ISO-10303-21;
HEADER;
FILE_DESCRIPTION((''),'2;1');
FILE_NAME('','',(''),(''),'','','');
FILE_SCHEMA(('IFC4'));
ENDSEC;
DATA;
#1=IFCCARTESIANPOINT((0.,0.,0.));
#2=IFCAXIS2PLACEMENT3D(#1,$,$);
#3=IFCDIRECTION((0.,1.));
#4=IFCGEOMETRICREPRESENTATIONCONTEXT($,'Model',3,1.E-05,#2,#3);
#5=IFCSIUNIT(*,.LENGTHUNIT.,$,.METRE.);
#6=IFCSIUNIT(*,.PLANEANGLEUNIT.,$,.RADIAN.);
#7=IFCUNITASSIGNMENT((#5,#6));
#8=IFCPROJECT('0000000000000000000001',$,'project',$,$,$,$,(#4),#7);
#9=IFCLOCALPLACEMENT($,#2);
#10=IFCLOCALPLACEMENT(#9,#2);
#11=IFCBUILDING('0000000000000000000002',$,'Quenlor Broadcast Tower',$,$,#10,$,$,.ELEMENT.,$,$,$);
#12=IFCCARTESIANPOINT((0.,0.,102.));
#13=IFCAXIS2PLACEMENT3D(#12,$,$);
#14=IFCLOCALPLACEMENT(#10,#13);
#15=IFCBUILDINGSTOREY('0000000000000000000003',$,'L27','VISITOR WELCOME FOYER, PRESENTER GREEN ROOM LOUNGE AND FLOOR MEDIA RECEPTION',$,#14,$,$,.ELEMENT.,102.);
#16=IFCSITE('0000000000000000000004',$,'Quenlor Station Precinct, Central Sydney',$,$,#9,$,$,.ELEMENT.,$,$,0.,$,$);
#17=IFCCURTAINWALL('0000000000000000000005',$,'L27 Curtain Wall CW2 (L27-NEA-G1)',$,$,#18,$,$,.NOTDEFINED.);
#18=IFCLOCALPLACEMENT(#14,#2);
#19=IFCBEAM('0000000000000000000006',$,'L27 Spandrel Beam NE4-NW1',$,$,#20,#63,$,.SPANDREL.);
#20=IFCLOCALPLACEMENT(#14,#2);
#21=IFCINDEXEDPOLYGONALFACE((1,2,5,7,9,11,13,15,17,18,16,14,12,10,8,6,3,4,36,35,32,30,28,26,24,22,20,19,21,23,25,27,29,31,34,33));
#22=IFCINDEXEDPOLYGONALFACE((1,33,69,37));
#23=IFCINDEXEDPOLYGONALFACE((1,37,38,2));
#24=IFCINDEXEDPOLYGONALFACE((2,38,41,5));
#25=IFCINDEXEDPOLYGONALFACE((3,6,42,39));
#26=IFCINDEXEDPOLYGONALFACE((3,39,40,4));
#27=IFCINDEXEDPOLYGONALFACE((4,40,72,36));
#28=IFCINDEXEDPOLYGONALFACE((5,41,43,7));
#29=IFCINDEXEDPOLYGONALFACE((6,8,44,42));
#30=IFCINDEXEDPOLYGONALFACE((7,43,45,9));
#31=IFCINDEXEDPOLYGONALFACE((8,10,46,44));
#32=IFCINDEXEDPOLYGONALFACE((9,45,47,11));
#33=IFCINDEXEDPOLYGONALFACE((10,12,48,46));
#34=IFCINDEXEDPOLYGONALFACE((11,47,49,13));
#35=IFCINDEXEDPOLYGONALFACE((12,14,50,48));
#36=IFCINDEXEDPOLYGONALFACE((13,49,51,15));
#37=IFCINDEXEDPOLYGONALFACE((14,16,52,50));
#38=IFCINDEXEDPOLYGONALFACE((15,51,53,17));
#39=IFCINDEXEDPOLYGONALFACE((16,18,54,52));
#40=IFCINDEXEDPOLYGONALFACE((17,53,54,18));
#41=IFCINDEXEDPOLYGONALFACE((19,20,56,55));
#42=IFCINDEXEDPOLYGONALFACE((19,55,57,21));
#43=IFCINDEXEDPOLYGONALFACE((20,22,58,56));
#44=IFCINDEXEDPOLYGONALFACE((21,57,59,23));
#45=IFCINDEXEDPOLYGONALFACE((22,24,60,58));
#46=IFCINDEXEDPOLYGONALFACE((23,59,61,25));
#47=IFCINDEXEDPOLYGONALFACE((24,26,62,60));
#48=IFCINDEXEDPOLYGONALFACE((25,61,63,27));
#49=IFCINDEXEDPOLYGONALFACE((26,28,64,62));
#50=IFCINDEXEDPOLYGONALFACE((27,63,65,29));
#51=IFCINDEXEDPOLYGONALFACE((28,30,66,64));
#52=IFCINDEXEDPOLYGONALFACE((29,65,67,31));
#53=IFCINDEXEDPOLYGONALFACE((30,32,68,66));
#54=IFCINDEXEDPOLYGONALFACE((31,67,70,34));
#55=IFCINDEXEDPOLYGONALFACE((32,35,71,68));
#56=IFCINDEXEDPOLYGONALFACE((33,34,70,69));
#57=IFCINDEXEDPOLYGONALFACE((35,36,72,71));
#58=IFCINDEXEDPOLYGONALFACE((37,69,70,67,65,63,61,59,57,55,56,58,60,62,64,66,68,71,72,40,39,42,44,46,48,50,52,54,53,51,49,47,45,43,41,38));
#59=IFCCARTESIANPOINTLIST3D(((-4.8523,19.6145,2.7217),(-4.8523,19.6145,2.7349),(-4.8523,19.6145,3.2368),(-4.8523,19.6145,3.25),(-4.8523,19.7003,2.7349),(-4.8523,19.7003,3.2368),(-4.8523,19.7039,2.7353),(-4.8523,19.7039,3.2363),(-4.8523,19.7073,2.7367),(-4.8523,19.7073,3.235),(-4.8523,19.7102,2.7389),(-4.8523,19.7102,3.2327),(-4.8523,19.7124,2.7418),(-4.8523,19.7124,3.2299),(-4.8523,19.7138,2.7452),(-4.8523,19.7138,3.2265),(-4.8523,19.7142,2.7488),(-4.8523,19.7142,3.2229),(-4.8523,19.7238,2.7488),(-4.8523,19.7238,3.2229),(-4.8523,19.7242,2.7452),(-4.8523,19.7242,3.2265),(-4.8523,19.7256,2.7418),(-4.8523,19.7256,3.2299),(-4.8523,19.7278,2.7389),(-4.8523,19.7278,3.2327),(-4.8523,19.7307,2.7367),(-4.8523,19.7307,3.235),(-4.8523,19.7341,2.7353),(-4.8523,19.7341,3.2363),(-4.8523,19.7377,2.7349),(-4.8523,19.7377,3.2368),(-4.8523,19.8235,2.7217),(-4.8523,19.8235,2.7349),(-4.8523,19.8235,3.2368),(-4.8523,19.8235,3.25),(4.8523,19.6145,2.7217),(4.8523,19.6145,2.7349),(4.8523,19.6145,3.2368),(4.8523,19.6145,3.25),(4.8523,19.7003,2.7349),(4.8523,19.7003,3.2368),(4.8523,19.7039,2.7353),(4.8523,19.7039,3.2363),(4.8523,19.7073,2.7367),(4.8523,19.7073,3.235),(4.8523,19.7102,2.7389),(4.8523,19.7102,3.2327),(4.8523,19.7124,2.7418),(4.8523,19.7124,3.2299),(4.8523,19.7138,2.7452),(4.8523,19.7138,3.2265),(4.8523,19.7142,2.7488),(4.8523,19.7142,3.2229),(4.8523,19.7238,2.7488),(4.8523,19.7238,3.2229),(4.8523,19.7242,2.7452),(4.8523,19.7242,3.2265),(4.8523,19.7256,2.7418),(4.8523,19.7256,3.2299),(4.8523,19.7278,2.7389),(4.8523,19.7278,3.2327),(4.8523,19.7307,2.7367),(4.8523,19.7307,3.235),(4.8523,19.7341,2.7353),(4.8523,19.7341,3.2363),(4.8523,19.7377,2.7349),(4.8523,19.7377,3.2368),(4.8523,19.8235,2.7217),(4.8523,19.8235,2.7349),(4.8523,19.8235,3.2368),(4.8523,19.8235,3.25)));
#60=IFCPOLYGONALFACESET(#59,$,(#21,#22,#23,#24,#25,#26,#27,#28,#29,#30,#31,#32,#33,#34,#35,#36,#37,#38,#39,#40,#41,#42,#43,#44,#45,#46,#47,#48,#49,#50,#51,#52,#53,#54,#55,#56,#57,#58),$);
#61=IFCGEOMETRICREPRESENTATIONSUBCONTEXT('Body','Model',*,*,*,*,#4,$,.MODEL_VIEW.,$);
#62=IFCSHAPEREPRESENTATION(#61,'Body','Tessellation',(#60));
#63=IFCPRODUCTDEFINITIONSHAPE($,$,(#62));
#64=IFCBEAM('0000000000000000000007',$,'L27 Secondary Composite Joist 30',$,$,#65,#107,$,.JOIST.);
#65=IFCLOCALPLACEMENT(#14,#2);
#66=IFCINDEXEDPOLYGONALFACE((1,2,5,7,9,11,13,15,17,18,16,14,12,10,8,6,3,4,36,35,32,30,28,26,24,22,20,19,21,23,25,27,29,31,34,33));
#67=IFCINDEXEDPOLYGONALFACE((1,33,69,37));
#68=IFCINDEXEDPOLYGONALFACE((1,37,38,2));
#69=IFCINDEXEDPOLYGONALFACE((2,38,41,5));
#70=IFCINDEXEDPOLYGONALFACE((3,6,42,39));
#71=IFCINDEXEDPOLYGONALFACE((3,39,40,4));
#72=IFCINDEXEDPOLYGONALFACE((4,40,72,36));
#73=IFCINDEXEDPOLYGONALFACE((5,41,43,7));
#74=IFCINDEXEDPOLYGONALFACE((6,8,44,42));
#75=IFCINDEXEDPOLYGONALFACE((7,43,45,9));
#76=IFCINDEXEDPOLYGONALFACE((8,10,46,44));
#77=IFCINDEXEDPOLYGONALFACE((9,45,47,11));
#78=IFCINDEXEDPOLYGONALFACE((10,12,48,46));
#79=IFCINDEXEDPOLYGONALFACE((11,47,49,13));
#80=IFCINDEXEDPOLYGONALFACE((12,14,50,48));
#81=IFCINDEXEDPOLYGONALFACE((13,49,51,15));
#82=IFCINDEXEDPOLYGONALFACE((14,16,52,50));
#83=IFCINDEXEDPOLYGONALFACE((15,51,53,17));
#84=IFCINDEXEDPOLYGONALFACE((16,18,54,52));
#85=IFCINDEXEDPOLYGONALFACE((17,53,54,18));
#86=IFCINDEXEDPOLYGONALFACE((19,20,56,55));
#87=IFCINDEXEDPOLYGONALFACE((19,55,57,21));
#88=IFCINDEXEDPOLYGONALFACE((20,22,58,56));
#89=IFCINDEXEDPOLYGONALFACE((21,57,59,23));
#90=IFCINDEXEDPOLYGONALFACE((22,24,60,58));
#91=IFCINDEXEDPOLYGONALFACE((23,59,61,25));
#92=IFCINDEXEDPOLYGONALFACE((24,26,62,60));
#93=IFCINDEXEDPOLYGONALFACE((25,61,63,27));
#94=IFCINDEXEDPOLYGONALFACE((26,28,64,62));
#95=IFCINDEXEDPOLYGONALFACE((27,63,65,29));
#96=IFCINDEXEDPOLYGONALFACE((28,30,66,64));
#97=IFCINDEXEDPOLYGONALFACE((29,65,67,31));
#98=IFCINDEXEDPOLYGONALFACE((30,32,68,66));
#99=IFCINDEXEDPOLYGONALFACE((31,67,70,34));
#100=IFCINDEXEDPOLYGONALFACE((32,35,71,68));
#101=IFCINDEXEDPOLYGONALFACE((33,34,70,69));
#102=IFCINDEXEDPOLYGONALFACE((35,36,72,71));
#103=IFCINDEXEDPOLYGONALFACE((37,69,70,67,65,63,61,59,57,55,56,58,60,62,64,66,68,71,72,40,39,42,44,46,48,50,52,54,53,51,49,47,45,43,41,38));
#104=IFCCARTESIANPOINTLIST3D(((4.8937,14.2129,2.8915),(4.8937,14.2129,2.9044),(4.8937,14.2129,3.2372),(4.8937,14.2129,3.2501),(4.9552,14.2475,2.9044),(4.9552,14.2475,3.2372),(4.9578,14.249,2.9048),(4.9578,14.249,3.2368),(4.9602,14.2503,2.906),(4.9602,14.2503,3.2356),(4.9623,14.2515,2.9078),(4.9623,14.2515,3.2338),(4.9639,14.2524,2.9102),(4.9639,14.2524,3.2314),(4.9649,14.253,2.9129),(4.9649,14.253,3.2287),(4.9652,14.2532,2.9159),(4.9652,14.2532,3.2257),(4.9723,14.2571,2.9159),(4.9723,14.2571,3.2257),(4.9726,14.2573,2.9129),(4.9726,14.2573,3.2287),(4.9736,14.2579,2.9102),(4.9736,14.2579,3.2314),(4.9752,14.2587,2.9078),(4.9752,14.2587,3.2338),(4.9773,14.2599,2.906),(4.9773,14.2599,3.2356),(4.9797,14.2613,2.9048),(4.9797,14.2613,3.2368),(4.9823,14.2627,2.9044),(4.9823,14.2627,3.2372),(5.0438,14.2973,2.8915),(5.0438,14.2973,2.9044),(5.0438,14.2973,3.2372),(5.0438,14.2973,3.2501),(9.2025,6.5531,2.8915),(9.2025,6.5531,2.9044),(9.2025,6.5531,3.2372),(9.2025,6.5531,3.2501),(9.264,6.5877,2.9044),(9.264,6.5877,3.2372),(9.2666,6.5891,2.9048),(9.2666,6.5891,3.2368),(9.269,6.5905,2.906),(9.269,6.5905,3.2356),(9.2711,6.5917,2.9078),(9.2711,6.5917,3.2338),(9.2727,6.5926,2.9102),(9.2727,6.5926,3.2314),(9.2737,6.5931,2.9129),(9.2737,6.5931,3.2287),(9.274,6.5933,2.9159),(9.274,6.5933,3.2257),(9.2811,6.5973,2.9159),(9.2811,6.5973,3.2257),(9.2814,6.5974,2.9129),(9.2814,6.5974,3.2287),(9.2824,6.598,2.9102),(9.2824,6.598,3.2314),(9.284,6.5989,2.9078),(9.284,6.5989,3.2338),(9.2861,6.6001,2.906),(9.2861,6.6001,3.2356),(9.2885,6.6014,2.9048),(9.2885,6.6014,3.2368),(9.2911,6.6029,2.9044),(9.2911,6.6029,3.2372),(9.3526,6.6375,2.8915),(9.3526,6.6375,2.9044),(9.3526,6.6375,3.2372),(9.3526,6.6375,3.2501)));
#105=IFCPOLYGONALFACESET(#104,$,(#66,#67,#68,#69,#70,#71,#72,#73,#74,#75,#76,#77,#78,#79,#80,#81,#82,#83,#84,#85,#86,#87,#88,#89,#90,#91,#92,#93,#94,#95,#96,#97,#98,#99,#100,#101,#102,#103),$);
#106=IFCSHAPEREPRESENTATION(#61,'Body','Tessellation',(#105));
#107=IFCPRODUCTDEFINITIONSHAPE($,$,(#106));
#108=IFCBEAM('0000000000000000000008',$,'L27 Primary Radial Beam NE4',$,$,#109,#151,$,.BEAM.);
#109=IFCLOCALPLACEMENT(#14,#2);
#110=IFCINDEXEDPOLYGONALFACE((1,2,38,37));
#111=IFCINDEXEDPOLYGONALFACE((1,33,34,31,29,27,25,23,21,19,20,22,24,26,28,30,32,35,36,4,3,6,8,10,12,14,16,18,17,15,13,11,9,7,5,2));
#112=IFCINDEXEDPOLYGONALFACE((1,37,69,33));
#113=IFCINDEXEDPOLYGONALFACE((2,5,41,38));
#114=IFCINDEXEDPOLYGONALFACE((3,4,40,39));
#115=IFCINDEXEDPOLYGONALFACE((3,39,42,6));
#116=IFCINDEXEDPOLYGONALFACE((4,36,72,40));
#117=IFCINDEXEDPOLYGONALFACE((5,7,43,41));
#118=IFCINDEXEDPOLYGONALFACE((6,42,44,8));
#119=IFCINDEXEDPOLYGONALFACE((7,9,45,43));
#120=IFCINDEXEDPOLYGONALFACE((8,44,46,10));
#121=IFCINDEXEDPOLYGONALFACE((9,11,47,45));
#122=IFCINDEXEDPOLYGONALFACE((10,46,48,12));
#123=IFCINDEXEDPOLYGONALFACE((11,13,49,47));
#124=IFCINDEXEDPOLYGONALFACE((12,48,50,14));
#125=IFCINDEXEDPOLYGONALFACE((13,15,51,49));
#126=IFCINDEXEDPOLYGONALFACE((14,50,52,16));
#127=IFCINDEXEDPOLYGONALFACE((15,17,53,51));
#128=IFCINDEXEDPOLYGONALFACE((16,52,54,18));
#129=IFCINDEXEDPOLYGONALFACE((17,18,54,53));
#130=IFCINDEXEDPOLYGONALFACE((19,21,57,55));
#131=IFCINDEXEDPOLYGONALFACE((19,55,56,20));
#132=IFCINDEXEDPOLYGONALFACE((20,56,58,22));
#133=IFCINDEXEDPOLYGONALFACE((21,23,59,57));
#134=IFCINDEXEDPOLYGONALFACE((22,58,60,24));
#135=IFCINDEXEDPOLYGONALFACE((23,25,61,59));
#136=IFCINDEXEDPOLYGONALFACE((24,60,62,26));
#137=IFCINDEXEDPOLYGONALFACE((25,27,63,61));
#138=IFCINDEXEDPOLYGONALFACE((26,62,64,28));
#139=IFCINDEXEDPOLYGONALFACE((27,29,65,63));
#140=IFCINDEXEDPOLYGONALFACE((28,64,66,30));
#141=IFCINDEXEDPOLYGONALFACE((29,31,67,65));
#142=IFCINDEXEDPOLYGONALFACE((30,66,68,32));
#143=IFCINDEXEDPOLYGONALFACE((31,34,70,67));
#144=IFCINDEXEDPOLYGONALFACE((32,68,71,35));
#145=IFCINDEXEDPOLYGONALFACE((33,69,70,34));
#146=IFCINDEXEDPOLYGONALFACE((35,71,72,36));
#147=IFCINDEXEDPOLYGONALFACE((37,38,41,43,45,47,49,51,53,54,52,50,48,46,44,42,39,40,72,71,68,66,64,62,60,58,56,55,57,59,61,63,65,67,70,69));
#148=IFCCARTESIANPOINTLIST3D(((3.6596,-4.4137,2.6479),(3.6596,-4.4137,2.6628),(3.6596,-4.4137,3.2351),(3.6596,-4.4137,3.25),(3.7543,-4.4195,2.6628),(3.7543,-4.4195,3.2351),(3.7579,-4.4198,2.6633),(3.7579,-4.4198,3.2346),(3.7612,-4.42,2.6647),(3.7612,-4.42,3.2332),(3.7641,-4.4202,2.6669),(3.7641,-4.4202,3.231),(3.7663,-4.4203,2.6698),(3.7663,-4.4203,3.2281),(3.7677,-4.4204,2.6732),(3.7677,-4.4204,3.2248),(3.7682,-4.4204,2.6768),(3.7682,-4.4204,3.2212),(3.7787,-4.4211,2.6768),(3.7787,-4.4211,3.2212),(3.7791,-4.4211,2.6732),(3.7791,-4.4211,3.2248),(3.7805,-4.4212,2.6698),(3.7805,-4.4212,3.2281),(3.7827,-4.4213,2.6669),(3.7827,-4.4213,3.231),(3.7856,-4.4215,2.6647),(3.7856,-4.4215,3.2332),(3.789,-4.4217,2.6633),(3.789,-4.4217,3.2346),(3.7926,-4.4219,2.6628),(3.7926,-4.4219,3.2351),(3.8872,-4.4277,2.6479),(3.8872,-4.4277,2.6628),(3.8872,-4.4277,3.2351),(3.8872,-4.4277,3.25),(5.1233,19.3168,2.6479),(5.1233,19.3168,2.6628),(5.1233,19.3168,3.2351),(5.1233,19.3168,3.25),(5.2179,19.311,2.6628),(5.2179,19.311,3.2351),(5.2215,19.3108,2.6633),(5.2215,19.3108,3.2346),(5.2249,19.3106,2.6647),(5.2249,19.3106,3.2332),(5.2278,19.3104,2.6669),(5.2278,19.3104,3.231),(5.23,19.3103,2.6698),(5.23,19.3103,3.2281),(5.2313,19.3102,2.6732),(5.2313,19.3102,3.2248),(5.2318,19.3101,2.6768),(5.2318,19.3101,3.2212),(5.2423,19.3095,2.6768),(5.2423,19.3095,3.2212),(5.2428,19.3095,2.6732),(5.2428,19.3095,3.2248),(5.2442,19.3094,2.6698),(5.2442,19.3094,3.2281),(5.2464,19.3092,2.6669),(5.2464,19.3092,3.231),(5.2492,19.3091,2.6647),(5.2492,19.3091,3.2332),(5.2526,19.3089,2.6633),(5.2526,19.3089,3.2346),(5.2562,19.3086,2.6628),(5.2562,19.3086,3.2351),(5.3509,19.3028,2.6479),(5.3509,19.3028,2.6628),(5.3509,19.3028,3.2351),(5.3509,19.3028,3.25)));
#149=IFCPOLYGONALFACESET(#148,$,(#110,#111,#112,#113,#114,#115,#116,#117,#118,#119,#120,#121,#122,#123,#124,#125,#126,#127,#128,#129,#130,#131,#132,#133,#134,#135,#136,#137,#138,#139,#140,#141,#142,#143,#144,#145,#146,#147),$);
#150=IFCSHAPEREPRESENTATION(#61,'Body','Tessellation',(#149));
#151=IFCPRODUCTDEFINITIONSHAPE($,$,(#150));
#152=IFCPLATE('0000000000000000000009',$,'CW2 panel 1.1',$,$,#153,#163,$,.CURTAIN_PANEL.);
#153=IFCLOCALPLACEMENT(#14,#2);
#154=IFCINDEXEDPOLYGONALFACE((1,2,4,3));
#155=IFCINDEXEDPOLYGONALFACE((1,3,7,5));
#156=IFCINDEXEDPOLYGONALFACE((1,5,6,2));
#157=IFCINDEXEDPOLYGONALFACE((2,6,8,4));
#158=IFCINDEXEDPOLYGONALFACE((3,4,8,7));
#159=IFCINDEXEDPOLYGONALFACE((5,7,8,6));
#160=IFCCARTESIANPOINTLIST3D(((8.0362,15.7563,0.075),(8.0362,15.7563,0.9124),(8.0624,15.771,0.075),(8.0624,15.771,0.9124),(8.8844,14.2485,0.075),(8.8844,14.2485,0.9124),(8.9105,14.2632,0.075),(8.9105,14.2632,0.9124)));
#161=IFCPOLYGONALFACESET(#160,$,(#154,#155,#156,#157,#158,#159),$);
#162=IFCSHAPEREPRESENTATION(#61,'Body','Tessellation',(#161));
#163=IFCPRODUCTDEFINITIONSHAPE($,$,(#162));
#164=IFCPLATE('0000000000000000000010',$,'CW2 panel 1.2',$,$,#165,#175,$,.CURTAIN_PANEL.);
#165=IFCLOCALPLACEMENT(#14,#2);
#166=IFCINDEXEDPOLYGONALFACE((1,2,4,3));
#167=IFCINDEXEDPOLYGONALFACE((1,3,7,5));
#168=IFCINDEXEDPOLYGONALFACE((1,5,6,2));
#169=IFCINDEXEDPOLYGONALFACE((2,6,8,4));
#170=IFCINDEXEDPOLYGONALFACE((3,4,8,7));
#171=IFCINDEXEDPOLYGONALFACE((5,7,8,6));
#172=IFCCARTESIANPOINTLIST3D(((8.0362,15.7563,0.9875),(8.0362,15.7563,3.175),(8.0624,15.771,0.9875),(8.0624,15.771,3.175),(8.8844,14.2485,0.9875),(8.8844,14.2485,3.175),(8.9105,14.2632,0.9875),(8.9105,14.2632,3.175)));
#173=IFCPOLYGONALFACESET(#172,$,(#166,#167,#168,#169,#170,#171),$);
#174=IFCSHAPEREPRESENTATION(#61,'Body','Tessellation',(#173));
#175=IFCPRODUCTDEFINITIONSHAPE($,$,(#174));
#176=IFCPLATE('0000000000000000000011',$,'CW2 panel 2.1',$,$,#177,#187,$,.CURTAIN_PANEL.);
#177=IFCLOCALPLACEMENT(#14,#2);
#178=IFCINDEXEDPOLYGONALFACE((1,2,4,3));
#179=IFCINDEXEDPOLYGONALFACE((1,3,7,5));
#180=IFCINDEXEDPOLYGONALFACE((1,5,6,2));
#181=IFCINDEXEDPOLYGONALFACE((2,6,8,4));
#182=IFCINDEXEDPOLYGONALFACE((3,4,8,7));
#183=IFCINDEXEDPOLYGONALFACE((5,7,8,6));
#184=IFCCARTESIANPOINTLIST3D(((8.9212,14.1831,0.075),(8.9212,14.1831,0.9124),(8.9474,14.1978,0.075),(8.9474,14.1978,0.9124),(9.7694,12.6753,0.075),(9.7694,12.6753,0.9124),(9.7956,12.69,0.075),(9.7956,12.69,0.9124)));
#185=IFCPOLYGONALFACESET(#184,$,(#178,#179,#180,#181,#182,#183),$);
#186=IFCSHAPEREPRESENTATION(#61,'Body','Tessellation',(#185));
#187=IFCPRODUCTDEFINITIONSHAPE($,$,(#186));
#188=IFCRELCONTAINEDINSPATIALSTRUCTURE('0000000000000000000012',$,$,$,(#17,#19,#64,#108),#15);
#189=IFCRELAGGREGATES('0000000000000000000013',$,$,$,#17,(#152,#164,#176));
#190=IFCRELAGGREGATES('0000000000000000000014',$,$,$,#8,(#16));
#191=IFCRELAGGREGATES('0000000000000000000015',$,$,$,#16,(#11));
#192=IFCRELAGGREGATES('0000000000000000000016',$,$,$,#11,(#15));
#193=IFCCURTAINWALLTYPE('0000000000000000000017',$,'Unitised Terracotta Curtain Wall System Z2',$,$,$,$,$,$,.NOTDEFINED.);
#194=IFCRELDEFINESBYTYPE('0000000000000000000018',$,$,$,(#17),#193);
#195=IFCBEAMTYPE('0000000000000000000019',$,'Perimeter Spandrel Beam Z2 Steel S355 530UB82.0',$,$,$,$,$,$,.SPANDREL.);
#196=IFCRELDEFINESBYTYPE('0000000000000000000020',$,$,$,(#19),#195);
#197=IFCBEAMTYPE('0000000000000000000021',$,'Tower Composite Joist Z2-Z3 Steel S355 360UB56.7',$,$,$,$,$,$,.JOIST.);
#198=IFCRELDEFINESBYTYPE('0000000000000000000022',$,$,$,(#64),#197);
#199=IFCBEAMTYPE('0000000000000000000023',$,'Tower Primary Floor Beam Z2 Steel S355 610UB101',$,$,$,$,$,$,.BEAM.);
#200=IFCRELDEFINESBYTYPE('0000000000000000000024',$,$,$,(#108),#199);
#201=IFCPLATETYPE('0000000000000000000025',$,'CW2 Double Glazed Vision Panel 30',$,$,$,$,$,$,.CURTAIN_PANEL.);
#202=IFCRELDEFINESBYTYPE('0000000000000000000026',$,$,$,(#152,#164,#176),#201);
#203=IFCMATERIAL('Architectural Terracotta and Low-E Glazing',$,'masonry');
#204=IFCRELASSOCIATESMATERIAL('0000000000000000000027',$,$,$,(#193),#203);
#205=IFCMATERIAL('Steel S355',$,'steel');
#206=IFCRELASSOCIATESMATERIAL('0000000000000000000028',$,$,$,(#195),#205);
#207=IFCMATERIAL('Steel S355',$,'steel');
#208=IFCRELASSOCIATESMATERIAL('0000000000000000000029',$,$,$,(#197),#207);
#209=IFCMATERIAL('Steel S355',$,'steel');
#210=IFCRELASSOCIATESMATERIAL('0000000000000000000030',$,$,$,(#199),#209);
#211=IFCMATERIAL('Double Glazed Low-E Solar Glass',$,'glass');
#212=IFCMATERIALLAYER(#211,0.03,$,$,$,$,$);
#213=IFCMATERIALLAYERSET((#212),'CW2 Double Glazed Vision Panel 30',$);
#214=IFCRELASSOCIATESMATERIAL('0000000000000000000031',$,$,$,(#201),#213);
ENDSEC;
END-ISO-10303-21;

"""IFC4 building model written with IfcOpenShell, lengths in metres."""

from ifc_helpers import new_model, si_unit, direction, frame, origin, origin_2d, place, context, subcontext, project, spatial, rectangle, i_section, extrude, material, layer, layer_set, material_profile, profile_set, type_object, element, aggregate, save


model = new_model("IFC4")

# Units and contexts
model_context = context("Model", 3, precision=1e-05, world=origin(), true_north=direction((0.0, 1.0)))
body_context = subcontext(model_context, "Body", "Model", "MODEL_VIEW")
ifc_project = project(units=[si_unit("LENGTHUNIT", "METRE"), si_unit("PLANEANGLEUNIT", "RADIAN")], contexts=[model_context])

# Site, building, storey
site_placement = place(None, origin())
site = spatial("IfcSite", under=ifc_project, at=site_placement, Name="Quenlor Station Precinct, Central Sydney", CompositionType="ELEMENT", RefElevation=0.0)
building_placement = place(site_placement, origin())
building = spatial("IfcBuilding", under=site, at=building_placement, Name="Quenlor Broadcast Tower", CompositionType="ELEMENT")
storey_placement = place(building_placement, frame((0.0, 0.0, 102.0)))
storey = spatial("IfcBuildingStorey", under=building, at=storey_placement, Name="L27", Description="VISITOR WELCOME FOYER, PRESENTER GREEN ROOM LOUNGE AND FLOOR MEDIA RECEPTION", CompositionType="ELEMENT", Elevation=102.0)

# Curtain wall
ifc_material_1 = material(Name="Architectural Terracotta and Low-E Glazing", Category="masonry")
curtain_wall_type = type_object("IfcCurtainWallType", Name="Unitised Terracotta Curtain Wall System Z2", PredefinedType="NOTDEFINED", material=ifc_material_1)
curtain_wall_placement = place(storey_placement, origin())
curtain_wall = element("IfcCurtainWall", 1, at=curtain_wall_placement, inside=storey, type_object=curtain_wall_type, Name="L27 Curtain Wall CW2 (L27-NEA-G1)", PredefinedType="NOTDEFINED")

# Beams
ifc_material_2 = material(Name="Steel S355", Category="steel")
ifc_material_profile_1 = material_profile(ifc_material_2, i_section(OverallWidth=0.209, OverallDepth=0.5283, WebThickness=0.0095, FlangeThickness=0.0132, FilletRadius=0.0139, at=origin_2d()))
ifc_profile_set_1 = profile_set([ifc_material_profile_1], Name="Steel S355 530UB82.0")
beam_type_1 = type_object("IfcBeamType", Name="Perimeter Spandrel Beam Z2 Steel S355 530UB82.0", PredefinedType="SPANDREL", material=ifc_profile_set_1)
beam_1_placement = place(storey_placement, frame((4.8523, 19.719, 2.9858), z_axis=(-1.0, 0.0, 0.0), x_axis=(0.0, -1.0, 0.0)))
element("IfcBeam", 2, at=beam_1_placement, inside=storey, type_object=beam_type_1, Name="L27 Spandrel Beam NE4-NW1", PredefinedType="SPANDREL", context=body_context, shape_type="SweptSolid", body=[
    extrude(i_section(OverallWidth=0.209, OverallDepth=0.5283, WebThickness=0.0095, FlangeThickness=0.0132, FilletRadius=0.0139, at=origin_2d()), origin(), (0.0, 0.0, 1.0), 9.7046),
])
ifc_material_3 = material(Name="Steel S355", Category="steel")
ifc_material_profile_2 = material_profile(ifc_material_3, i_section(OverallWidth=0.1721, OverallDepth=0.3586, WebThickness=0.0081, FlangeThickness=0.0129, FilletRadius=0.0115, at=origin_2d()))
ifc_profile_set_2 = profile_set([ifc_material_profile_2], Name="Steel S355 360UB56.7")
beam_type_2 = type_object("IfcBeamType", Name="Tower Composite Joist Z2-Z3 Steel S355 360UB56.7", PredefinedType="JOIST", material=ifc_profile_set_2)
beam_2_placement = place(storey_placement, frame((4.9688, 14.2551, 3.0708), z_axis=(0.490273, -0.871569, 0.0), x_axis=(0.871569, 0.490273, 0.0)))
element("IfcBeam", 3, at=beam_2_placement, inside=storey, type_object=beam_type_2, Name="L27 Secondary Composite Joist 30", PredefinedType="JOIST", context=body_context, shape_type="SweptSolid", body=[
    extrude(i_section(OverallWidth=0.1721, OverallDepth=0.3586, WebThickness=0.0081, FlangeThickness=0.0129, FilletRadius=0.0115, at=origin_2d()), origin(), (0.0, 0.0, 1.0), 8.7886),
])
ifc_material_4 = material(Name="Steel S355", Category="steel")
ifc_material_profile_3 = material_profile(ifc_material_4, i_section(OverallWidth=0.228, OverallDepth=0.6021, WebThickness=0.0105, FlangeThickness=0.0149, FilletRadius=0.0139, at=origin_2d()))
ifc_profile_set_3 = profile_set([ifc_material_profile_3], Name="Steel S355 610UB101")
beam_type_3 = type_object("IfcBeamType", Name="Tower Primary Floor Beam Z2 Steel S355 610UB101", PredefinedType="BEAM", material=ifc_profile_set_3)
beam_3_placement = place(storey_placement, frame((5.2371, 19.3098, 2.949), z_axis=(-0.06156, -0.998103, 0.0), x_axis=(0.998103, -0.06156, 0.0)))
element("IfcBeam", 4, at=beam_3_placement, inside=storey, type_object=beam_type_3, Name="L27 Primary Radial Beam NE4", PredefinedType="BEAM", context=body_context, shape_type="SweptSolid", body=[
    extrude(i_section(OverallWidth=0.228, OverallDepth=0.6021, WebThickness=0.0105, FlangeThickness=0.0149, FilletRadius=0.0139, at=origin_2d()), origin(), (0.0, 0.0, 1.0), 23.7756),
])

# Plates
ifc_material_5 = material(Name="Double Glazed Low-E Solar Glass", Category="glass")
ifc_layer_1 = layer(ifc_material_5, 0.03)
ifc_layer_set_1 = layer_set([ifc_layer_1], Name="CW2 Double Glazed Vision Panel 30")
plate_type_1 = type_object("IfcPlateType", Name="CW2 Double Glazed Vision Panel 30", PredefinedType="CURTAIN_PANEL", material=ifc_layer_set_1)
plate_1_placement = place(storey_placement, frame((8.4734, 15.0098, 0.075), z_axis=(0.0, 0.0, 1.0), x_axis=(0.490265, -0.871573, 0.0)))
plate_1 = element("IfcPlate", 5, at=plate_1_placement, type_object=plate_type_1, Name="CW2 panel 1.1", PredefinedType="CURTAIN_PANEL", context=body_context, shape_type="SweptSolid", body=[
    extrude(rectangle(XDim=1.73, YDim=0.03, at=origin_2d()), origin(), (0.0, 0.0, 1.0), 0.8374),
])
plate_2_placement = place(storey_placement, frame((8.4734, 15.0098, 0.9875), z_axis=(0.0, 0.0, 1.0), x_axis=(0.490265, -0.871573, 0.0)))
plate_2 = element("IfcPlate", 6, at=plate_2_placement, type_object=plate_type_1, Name="CW2 panel 1.2", PredefinedType="CURTAIN_PANEL", context=body_context, shape_type="SweptSolid", body=[
    extrude(rectangle(XDim=1.73, YDim=0.03, at=origin_2d()), origin(), (0.0, 0.0, 1.0), 2.1875),
])
plate_3_placement = place(storey_placement, frame((9.3584, 13.4365, 0.075), z_axis=(0.0, 0.0, 1.0), x_axis=(0.490265, -0.871573, 0.0)))
plate_3 = element("IfcPlate", 7, at=plate_3_placement, type_object=plate_type_1, Name="CW2 panel 2.1", PredefinedType="CURTAIN_PANEL", context=body_context, shape_type="SweptSolid", body=[
    extrude(rectangle(XDim=1.73, YDim=0.03, at=origin_2d()), origin(), (0.0, 0.0, 1.0), 0.8374),
])
aggregate(curtain_wall, [plate_1, plate_2, plate_3])

save(model, "model.ifc")
